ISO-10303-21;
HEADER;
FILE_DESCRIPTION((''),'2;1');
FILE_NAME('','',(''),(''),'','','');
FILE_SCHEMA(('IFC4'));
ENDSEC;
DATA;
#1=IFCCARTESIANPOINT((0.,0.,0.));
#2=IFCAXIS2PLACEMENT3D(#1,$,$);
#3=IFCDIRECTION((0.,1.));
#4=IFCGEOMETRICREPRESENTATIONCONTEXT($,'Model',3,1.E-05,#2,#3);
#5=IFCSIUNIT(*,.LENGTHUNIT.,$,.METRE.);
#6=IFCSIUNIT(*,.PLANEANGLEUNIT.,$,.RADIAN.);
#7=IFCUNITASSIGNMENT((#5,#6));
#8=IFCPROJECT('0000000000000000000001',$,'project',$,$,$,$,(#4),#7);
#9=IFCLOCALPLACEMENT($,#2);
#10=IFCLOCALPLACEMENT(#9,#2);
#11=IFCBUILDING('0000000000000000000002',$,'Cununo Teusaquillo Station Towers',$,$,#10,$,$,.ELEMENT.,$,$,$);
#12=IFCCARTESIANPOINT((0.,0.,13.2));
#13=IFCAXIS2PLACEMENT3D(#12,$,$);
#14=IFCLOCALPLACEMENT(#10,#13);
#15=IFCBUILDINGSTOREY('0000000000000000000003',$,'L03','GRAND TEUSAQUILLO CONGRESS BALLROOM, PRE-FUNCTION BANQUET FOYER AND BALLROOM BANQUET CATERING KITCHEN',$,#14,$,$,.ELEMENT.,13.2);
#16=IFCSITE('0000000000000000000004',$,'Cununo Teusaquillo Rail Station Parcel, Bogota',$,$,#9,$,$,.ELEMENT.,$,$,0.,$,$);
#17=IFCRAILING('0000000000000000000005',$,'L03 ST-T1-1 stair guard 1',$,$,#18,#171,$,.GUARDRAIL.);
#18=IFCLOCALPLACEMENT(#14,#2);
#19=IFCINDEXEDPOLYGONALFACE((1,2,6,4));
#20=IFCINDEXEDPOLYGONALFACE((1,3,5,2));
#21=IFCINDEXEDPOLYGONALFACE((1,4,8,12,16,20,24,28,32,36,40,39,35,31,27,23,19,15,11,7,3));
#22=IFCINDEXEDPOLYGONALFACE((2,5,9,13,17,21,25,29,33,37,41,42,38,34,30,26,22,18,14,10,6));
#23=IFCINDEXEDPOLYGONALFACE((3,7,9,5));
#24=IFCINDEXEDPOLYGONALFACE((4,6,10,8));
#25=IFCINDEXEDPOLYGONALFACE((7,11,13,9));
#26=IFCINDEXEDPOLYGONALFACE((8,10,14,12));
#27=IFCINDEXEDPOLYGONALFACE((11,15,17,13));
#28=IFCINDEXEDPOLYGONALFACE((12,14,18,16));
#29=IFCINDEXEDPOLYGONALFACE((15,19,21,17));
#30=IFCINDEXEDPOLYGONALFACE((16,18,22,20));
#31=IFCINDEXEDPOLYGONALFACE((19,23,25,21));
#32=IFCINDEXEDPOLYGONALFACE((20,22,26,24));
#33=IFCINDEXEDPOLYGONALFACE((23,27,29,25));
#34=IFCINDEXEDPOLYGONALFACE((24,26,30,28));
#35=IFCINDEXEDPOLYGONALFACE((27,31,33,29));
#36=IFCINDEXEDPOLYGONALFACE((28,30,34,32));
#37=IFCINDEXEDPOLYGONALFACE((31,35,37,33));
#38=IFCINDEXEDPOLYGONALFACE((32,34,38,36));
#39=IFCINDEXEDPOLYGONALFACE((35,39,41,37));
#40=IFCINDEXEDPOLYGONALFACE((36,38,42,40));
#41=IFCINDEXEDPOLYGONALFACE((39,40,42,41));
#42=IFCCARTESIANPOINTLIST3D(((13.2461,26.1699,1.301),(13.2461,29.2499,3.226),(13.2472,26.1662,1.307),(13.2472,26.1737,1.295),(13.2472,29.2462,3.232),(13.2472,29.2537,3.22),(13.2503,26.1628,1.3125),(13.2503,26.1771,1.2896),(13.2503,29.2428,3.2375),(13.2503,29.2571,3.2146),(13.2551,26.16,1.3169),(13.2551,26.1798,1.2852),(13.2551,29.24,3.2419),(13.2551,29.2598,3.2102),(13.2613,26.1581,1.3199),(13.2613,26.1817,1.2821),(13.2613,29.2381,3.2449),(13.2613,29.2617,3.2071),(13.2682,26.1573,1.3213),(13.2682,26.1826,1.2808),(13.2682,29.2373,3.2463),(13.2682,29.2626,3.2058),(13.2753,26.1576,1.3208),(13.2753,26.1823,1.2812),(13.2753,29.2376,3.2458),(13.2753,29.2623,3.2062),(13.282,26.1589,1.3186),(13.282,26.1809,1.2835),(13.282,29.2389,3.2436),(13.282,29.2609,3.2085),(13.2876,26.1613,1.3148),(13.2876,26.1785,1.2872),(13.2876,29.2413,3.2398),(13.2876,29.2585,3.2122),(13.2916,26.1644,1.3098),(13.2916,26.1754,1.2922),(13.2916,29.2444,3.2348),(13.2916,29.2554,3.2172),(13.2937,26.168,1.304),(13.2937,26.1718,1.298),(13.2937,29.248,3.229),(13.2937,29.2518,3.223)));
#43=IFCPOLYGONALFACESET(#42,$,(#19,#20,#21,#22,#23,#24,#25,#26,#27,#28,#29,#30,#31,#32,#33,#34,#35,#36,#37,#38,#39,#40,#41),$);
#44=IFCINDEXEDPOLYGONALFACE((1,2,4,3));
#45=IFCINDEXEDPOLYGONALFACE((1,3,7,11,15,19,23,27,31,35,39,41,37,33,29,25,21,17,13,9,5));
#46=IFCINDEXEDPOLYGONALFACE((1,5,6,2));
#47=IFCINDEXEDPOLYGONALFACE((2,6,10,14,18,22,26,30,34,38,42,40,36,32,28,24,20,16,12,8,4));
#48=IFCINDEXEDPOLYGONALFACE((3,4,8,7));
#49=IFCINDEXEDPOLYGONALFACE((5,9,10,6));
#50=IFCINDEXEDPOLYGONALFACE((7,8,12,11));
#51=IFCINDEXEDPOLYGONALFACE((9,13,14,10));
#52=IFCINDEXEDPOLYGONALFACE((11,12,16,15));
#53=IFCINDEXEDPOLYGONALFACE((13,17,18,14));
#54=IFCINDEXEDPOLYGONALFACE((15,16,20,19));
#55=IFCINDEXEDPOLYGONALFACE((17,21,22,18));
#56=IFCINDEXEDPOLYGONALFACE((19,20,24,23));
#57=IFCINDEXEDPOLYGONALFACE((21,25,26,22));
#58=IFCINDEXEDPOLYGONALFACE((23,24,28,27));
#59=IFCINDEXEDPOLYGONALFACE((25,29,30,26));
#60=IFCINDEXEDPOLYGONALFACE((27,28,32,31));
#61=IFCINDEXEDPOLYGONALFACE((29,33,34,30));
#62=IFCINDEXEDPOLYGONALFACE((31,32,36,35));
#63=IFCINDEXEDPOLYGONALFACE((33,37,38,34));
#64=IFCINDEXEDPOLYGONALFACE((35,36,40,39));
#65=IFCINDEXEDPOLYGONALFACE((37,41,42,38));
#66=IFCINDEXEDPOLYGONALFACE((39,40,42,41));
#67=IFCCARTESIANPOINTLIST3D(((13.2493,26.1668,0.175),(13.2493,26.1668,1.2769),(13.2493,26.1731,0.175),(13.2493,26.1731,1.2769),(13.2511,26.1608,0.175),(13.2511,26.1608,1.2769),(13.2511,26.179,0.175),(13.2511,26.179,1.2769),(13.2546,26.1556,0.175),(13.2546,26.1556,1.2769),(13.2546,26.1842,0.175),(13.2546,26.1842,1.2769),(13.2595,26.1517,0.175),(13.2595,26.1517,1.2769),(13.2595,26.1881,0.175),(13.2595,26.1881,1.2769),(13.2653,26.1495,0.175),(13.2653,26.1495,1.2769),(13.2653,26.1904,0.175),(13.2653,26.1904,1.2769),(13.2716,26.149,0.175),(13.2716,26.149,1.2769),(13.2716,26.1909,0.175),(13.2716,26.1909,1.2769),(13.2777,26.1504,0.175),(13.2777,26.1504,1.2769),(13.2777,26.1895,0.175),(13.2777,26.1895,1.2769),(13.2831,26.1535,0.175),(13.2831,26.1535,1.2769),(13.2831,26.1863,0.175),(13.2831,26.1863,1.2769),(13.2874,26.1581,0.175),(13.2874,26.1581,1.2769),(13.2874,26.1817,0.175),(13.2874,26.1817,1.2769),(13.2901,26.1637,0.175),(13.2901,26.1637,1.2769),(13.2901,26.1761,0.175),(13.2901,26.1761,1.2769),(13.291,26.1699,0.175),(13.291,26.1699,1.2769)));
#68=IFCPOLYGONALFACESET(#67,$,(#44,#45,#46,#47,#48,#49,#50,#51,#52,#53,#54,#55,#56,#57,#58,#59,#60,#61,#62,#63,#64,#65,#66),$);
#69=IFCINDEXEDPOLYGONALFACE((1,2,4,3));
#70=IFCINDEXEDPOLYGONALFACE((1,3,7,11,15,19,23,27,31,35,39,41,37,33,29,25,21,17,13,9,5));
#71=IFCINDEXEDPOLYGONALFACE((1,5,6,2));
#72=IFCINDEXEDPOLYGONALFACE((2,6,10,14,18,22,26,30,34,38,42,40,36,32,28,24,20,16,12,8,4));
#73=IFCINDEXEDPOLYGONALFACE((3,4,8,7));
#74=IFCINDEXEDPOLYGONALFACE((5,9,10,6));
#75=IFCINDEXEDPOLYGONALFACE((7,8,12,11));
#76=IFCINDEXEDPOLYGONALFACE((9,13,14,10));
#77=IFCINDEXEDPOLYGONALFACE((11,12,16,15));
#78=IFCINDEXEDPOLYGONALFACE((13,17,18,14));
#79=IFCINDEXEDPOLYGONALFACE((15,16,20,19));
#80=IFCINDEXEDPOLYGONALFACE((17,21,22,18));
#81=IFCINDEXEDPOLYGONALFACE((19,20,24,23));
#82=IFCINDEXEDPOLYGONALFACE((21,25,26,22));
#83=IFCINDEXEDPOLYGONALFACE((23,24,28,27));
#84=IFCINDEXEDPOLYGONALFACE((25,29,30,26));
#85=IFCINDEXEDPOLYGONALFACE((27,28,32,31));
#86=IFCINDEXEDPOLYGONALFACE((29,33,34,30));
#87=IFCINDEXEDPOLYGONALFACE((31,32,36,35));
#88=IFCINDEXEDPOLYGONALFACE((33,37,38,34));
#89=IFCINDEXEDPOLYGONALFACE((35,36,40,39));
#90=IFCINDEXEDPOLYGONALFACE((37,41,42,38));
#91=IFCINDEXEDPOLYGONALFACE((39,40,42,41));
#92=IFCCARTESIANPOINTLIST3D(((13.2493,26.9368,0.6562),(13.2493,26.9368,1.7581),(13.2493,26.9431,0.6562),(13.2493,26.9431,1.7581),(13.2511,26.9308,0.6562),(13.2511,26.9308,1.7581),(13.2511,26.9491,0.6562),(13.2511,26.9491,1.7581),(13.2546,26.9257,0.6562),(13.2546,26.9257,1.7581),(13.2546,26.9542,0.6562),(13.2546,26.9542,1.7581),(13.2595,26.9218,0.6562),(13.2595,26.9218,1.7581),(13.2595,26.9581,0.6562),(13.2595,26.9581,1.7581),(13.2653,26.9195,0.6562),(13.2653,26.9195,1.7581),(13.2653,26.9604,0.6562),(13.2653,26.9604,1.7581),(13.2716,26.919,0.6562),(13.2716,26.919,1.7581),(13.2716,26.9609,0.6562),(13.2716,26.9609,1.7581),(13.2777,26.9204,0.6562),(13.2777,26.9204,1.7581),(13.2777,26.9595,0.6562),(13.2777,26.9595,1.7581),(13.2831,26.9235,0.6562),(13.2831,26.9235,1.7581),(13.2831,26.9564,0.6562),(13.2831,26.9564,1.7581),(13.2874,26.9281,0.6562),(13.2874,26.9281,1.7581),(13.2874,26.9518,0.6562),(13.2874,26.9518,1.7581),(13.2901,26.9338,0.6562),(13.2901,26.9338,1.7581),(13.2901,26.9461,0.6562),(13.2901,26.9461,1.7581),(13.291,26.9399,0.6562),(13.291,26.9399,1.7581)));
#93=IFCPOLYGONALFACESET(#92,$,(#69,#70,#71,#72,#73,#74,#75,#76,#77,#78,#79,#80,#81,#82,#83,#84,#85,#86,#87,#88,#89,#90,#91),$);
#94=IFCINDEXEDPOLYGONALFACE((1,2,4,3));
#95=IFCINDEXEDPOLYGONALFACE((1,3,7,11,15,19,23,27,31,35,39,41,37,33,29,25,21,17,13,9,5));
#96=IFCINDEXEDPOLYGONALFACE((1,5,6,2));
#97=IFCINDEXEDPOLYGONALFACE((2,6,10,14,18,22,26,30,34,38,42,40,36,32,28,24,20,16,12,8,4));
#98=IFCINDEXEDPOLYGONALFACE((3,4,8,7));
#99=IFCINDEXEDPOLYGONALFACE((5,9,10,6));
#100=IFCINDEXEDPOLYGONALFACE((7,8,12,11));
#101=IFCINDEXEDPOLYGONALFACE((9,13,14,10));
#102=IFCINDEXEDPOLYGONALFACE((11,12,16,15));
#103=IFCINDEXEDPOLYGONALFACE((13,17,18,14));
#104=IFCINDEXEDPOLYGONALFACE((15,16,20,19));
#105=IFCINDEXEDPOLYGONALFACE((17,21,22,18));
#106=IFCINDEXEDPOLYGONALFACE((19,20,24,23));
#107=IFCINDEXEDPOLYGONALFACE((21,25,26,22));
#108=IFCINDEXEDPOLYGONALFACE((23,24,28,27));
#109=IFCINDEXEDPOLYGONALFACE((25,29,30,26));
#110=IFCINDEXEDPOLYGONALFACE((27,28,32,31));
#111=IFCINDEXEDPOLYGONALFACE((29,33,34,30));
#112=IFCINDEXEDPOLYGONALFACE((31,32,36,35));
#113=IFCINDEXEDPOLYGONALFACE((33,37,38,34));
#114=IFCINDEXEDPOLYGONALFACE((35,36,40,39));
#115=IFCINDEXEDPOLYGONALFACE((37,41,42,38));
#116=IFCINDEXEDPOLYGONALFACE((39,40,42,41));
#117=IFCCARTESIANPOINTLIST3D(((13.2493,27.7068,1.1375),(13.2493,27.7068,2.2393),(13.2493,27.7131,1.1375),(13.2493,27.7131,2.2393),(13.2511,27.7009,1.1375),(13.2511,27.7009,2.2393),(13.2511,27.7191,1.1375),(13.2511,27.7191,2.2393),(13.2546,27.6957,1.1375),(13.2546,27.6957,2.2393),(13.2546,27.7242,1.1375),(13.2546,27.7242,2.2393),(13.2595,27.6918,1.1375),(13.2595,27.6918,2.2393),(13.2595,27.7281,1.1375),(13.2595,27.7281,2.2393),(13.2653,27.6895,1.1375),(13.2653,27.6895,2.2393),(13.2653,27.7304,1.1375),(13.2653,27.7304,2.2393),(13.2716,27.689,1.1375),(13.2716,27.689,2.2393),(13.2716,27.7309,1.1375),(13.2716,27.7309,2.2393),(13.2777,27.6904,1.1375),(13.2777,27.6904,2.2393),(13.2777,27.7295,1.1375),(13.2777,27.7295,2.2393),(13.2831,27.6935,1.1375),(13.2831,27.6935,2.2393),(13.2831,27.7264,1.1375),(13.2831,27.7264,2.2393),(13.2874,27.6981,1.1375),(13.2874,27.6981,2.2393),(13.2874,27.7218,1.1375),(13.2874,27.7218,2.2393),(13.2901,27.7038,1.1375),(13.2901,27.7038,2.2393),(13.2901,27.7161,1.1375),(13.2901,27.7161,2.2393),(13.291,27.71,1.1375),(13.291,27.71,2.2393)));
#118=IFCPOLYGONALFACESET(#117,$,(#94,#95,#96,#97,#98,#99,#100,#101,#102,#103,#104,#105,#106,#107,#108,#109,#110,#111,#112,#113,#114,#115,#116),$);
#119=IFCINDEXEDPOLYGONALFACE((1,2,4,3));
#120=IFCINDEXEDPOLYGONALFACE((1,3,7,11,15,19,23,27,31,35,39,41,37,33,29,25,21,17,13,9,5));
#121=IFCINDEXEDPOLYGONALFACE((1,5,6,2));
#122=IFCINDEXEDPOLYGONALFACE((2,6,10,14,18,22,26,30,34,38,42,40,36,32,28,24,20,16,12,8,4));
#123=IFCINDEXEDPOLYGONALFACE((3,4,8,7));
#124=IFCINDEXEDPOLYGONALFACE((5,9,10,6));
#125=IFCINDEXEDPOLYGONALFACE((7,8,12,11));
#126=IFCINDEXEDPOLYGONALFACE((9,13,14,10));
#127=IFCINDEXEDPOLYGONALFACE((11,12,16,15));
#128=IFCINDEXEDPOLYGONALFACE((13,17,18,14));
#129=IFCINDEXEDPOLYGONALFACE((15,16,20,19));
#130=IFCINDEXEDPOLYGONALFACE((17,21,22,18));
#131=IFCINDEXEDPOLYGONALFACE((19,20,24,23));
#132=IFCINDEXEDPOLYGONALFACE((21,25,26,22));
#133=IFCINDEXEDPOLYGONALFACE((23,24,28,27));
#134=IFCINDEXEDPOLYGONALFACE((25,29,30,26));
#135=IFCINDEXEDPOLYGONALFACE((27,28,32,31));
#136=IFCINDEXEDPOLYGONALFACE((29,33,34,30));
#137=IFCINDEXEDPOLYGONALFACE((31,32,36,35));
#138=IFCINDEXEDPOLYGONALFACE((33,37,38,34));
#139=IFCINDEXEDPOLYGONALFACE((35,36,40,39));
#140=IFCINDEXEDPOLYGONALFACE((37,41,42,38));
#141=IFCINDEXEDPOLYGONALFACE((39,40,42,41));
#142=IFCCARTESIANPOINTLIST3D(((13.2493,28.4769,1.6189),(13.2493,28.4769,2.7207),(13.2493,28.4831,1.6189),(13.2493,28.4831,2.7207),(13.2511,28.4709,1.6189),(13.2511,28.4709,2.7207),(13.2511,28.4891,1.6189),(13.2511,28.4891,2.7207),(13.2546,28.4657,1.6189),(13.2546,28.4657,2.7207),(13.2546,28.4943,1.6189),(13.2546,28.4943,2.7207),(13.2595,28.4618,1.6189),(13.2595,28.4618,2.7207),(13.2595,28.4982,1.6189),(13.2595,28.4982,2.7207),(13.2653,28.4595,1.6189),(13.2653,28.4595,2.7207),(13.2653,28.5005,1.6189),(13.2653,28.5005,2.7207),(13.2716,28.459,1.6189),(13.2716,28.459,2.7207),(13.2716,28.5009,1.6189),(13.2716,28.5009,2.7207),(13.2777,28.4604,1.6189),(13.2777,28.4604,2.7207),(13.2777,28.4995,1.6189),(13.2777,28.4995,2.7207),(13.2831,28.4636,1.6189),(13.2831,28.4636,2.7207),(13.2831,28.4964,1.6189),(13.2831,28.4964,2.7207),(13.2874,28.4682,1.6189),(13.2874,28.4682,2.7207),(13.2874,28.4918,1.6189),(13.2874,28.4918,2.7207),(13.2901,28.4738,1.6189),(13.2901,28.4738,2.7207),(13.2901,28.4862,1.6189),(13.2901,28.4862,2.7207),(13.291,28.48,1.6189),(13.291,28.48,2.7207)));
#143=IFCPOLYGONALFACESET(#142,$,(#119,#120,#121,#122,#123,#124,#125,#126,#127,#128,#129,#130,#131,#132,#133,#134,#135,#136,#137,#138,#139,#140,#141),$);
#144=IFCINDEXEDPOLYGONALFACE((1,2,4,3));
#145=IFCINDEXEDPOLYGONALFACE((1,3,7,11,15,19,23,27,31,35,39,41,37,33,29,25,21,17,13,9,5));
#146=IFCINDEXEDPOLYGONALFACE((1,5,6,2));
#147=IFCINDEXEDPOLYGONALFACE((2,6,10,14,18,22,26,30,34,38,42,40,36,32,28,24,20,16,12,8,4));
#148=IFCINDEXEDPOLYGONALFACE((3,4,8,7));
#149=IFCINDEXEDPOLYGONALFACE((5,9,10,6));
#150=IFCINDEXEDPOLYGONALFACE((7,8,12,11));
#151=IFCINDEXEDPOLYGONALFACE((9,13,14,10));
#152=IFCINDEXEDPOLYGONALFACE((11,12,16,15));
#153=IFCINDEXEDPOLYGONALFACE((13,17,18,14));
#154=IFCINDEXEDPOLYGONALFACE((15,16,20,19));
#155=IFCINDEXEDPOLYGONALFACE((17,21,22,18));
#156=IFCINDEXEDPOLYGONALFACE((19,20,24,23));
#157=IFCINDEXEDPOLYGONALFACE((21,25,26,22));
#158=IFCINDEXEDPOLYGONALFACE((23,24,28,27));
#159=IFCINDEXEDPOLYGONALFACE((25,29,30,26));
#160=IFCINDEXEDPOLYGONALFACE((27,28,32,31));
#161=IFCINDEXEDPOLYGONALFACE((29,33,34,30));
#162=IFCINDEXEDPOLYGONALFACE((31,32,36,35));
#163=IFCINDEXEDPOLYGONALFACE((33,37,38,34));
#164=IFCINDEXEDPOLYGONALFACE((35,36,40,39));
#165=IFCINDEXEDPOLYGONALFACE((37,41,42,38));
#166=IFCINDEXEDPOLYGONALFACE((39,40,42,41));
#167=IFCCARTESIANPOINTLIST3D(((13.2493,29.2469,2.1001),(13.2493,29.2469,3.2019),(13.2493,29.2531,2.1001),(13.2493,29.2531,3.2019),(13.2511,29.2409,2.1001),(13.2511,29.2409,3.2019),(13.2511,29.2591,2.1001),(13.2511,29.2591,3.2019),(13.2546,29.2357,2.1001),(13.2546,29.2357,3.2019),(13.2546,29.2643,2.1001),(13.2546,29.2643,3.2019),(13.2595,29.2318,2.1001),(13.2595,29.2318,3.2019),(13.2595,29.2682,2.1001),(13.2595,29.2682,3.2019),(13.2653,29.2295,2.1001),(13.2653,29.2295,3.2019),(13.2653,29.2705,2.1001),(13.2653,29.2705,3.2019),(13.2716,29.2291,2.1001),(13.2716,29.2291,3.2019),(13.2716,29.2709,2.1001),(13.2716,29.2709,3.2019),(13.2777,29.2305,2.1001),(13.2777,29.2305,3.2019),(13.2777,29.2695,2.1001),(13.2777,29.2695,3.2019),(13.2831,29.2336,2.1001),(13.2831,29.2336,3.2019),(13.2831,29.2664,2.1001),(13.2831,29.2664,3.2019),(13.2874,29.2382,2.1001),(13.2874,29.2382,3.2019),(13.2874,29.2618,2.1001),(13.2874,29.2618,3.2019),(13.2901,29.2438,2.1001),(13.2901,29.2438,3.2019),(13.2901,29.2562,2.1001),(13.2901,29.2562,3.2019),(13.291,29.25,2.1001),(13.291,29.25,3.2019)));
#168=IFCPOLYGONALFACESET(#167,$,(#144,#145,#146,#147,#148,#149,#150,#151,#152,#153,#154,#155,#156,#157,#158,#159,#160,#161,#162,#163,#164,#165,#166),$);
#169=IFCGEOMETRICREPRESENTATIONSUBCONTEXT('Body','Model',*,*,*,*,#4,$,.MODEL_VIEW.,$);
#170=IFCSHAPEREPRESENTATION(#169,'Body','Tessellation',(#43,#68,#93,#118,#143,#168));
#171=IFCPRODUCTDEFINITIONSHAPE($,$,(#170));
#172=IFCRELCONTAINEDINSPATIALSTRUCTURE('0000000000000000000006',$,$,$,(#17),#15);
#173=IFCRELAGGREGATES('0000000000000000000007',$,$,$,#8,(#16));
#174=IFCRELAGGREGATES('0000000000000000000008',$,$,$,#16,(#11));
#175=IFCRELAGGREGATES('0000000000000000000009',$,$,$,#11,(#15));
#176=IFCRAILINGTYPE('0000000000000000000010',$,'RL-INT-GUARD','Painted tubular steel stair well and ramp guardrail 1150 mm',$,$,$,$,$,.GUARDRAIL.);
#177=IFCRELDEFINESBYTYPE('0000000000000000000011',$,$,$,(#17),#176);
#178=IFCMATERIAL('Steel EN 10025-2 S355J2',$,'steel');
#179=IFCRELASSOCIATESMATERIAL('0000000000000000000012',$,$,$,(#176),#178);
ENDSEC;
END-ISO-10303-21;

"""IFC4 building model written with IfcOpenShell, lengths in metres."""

from ifc_helpers import new_model, si_unit, direction, frame, origin, origin_2d, place, context, subcontext, project, spatial, circle, extrude, material, type_object, element, save


model = new_model("IFC4")

# Units and contexts
model_context = context("Model", 3, precision=1e-05, world=origin(), true_north=direction((0.0, 1.0)))
body_context = subcontext(model_context, "Body", "Model", "MODEL_VIEW")
ifc_project = project(units=[si_unit("LENGTHUNIT", "METRE"), si_unit("PLANEANGLEUNIT", "RADIAN")], contexts=[model_context])

# Site, building, storey
site_placement = place(None, origin())
site = spatial("IfcSite", under=ifc_project, at=site_placement, Name="Cununo Teusaquillo Rail Station Parcel, Bogota", CompositionType="ELEMENT", RefElevation=0.0)
building_placement = place(site_placement, origin())
building = spatial("IfcBuilding", under=site, at=building_placement, Name="Cununo Teusaquillo Station Towers", CompositionType="ELEMENT")
storey_placement = place(building_placement, frame((0.0, 0.0, 13.2)))
storey = spatial("IfcBuildingStorey", under=building, at=storey_placement, Name="L03", Description="GRAND TEUSAQUILLO CONGRESS BALLROOM, PRE-FUNCTION BANQUET FOYER AND BALLROOM BANQUET CATERING KITCHEN", CompositionType="ELEMENT", Elevation=13.2)

# Railing
ifc_material_1 = material(Name="Steel EN 10025-2 S355J2", Category="steel")
railing_type_1 = type_object("IfcRailingType", Name="RL-INT-GUARD", Description="Painted tubular steel stair well and ramp guardrail 1150 mm", PredefinedType="GUARDRAIL", material=ifc_material_1)
railing_1_placement = place(storey_placement, frame((13.27, 26.1699, 0.175)))
element("IfcRailing", 1, at=railing_1_placement, inside=storey, type_object=railing_type_1, Name="L03 ST-T1-1 stair guard 1", PredefinedType="GUARDRAIL", context=body_context, shape_type="SweptSolid", body=[
    extrude(circle(Radius=0.0239, at=origin_2d()), frame((0.0, 0.0, 1.126), z_axis=(0.0, 0.847998, 0.529999), x_axis=(-1.0, 0.0, 0.0)), (0.0, 0.0, 1.0), 3.6321),
    extrude(circle(Radius=0.021, at=origin_2d()), origin(), (0.0, 0.0, 1.0), 1.1018),
    extrude(circle(Radius=0.021, at=origin_2d()), frame((0.0, 0.77, 0.4812)), (0.0, 0.0, 1.0), 1.1018),
    extrude(circle(Radius=0.021, at=origin_2d()), frame((0.0, 1.54, 0.9624)), (0.0, 0.0, 1.0), 1.1018),
    extrude(circle(Radius=0.021, at=origin_2d()), frame((0.0, 2.3101, 1.4438)), (0.0, 0.0, 1.0), 1.1018),
    extrude(circle(Radius=0.021, at=origin_2d()), frame((0.0, 3.0801, 1.925)), (0.0, 0.0, 1.0), 1.1018),
])

save(model, "model.ifc")
